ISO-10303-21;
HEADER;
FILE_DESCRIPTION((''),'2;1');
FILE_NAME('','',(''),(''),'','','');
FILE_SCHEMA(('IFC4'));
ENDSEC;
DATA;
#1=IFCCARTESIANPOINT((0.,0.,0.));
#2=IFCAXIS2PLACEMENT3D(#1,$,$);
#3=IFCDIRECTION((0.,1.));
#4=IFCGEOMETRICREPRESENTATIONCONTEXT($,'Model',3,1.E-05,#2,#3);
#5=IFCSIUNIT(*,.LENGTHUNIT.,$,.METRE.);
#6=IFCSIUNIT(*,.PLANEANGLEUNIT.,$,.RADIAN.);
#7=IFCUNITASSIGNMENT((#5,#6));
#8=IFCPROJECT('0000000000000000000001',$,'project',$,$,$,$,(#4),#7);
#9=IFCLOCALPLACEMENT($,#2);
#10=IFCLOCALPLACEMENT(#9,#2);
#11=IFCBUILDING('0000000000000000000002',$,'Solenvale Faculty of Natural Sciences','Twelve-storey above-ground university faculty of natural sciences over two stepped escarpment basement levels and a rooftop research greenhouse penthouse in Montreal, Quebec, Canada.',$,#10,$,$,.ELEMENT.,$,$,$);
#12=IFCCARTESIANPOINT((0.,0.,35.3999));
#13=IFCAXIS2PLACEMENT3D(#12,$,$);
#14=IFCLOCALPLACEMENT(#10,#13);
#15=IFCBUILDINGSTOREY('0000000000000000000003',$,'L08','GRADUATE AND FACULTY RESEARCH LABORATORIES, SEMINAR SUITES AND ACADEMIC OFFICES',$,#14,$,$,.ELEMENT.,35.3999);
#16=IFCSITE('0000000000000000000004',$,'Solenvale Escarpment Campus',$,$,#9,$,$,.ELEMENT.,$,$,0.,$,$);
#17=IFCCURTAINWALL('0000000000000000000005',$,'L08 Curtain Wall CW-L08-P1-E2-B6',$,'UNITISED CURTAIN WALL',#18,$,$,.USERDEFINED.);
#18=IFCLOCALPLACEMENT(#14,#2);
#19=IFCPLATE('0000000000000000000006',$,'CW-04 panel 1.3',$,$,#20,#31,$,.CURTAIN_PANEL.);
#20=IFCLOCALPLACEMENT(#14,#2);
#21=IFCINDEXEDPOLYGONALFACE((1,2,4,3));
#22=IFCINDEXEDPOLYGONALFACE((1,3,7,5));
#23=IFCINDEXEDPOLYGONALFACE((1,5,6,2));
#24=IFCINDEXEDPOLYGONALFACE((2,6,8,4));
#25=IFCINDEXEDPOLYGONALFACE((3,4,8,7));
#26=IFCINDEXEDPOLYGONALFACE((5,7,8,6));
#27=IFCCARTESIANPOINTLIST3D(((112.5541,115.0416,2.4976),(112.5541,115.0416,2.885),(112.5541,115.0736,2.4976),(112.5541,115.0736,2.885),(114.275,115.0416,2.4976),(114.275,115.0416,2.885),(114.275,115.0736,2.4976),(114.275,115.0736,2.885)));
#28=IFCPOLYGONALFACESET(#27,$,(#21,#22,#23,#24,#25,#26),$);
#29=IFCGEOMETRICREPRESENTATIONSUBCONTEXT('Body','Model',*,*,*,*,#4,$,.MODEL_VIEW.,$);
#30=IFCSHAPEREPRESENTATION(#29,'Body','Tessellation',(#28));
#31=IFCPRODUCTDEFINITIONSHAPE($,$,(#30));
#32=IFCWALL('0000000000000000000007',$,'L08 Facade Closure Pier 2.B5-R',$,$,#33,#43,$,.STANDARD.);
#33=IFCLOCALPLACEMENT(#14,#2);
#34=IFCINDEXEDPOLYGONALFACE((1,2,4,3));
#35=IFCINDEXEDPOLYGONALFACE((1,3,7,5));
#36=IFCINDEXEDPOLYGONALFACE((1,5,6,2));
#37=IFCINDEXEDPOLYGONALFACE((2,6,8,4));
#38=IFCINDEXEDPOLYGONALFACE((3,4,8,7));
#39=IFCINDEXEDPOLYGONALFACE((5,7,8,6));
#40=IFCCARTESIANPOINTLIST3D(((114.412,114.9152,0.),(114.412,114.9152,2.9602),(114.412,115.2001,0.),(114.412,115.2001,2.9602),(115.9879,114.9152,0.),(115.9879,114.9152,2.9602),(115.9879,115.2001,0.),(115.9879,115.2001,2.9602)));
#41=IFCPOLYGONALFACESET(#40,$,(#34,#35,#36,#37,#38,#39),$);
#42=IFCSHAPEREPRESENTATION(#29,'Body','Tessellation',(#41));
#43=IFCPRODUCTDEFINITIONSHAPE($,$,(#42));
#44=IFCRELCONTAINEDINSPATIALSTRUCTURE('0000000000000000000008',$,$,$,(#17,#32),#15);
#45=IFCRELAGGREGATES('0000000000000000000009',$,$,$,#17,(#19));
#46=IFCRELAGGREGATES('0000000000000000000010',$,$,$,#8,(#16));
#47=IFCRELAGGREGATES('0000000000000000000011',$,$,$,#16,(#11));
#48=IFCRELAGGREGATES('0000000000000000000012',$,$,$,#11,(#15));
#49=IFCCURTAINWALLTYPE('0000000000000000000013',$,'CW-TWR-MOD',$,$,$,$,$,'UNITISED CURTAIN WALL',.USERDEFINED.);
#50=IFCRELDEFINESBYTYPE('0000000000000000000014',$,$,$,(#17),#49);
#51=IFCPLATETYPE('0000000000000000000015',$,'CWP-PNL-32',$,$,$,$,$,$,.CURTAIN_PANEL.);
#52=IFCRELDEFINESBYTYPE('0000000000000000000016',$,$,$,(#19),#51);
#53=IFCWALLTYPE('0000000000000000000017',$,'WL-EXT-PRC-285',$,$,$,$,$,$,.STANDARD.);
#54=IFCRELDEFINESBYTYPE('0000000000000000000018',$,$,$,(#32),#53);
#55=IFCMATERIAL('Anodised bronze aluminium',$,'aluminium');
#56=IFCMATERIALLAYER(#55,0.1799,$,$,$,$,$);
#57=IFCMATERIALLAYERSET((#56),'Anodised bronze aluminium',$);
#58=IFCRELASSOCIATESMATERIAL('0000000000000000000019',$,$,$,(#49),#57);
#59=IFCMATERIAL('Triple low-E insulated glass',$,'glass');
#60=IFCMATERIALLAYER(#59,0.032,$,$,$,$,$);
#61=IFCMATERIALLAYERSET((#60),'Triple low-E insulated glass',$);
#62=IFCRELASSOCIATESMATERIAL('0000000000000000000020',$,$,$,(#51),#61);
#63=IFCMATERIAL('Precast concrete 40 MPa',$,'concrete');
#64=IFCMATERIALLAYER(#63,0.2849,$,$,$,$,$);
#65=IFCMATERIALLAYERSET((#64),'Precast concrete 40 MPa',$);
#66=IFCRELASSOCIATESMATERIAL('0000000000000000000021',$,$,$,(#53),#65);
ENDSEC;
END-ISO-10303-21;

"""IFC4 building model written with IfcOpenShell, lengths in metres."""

from ifc_helpers import new_model, si_unit, direction, frame, frame_2d, origin, origin_2d, place, context, subcontext, project, spatial, rectangle, extrude, material, layer, layer_set, type_object, element, aggregate, save


model = new_model("IFC4")

# Units and contexts
model_context = context("Model", 3, precision=1e-05, world=origin(), true_north=direction((0.0, 1.0)))
body_context = subcontext(model_context, "Body", "Model", "MODEL_VIEW")
ifc_project = project(units=[si_unit("LENGTHUNIT", "METRE"), si_unit("PLANEANGLEUNIT", "RADIAN")], contexts=[model_context])

# Site, building, storey
site_placement = place(None, origin())
site = spatial("IfcSite", under=ifc_project, at=site_placement, Name="Solenvale Escarpment Campus", CompositionType="ELEMENT", RefElevation=0.0)
building_placement = place(site_placement, origin())
building = spatial("IfcBuilding", under=site, at=building_placement, Name="Solenvale Faculty of Natural Sciences", Description="Twelve-storey above-ground university faculty of natural sciences over two stepped escarpment basement levels and a rooftop research greenhouse penthouse in Montreal, Quebec, Canada.", CompositionType="ELEMENT")
storey_placement = place(building_placement, frame((0.0, 0.0, 35.3999)))
storey = spatial("IfcBuildingStorey", under=building, at=storey_placement, Name="L08", Description="GRADUATE AND FACULTY RESEARCH LABORATORIES, SEMINAR SUITES AND ACADEMIC OFFICES", CompositionType="ELEMENT", Elevation=35.3999)

# Shared definitions
ifc_material_1 = material(Name="Precast concrete 40 MPa", Category="concrete")

# Shared definitions
ifc_material_2 = material(Name="Anodised bronze aluminium", Category="aluminium")
ifc_layer_1 = layer(ifc_material_2, 0.1799)
ifc_layer_set_1 = layer_set([ifc_layer_1], Name="Anodised bronze aluminium")
curtain_wall_type = type_object("IfcCurtainWallType", Name="CW-TWR-MOD", ElementType="UNITISED CURTAIN WALL", PredefinedType="USERDEFINED", material=ifc_layer_set_1)

# Curtain wall
curtain_wall_1_placement = place(storey_placement, origin())
curtain_wall_1 = element("IfcCurtainWall", 1, at=curtain_wall_1_placement, inside=storey, type_object=curtain_wall_type, Name="L08 Curtain Wall CW-L08-P1-E2-B6", ObjectType="UNITISED CURTAIN WALL", PredefinedType="USERDEFINED")

# Plate
ifc_material_3 = material(Name="Triple low-E insulated glass", Category="glass")
ifc_layer_2 = layer(ifc_material_3, 0.032)
ifc_layer_set_2 = layer_set([ifc_layer_2], Name="Triple low-E insulated glass")
plate_type_1 = type_object("IfcPlateType", Name="CWP-PNL-32", PredefinedType="CURTAIN_PANEL", material=ifc_layer_set_2)
plate_1_placement = place(storey_placement, frame((113.4146, 115.0576, 2.4976), z_axis=(0.0, 0.0, 1.0), x_axis=(-1.0, 0.0, 0.0)))
plate_1 = element("IfcPlate", 2, at=plate_1_placement, type_object=plate_type_1, Name="CW-04 panel 1.3", PredefinedType="CURTAIN_PANEL", context=body_context, shape_type="SweptSolid", body=[
    extrude(rectangle(XDim=1.7209, YDim=0.032, at=origin_2d()), origin(), (0.0, 0.0, 1.0), 0.3875),
])
aggregate(curtain_wall_1, [plate_1])

# Wall
ifc_layer_3 = layer(ifc_material_1, 0.2849)
ifc_layer_set_3 = layer_set([ifc_layer_3], Name="Precast concrete 40 MPa")
wall_type = type_object("IfcWallType", Name="WL-EXT-PRC-285", PredefinedType="STANDARD", material=ifc_layer_set_3)
wall_placement = place(storey_placement, frame((115.988, 115.0576, 0.0), z_axis=(0.0, 0.0, 1.0), x_axis=(-1.0, 0.0, 0.0)))
element("IfcWall", 3, at=wall_placement, inside=storey, type_object=wall_type, Name="L08 Facade Closure Pier 2.B5-R", PredefinedType="STANDARD", context=body_context, shape_type="SweptSolid", body=[
    extrude(rectangle(XDim=1.5759, YDim=0.2849, at=frame_2d((0.7881, 0.0))), origin(), (0.0, 0.0, 1.0), 2.9602),
])

save(model, "model.ifc")
